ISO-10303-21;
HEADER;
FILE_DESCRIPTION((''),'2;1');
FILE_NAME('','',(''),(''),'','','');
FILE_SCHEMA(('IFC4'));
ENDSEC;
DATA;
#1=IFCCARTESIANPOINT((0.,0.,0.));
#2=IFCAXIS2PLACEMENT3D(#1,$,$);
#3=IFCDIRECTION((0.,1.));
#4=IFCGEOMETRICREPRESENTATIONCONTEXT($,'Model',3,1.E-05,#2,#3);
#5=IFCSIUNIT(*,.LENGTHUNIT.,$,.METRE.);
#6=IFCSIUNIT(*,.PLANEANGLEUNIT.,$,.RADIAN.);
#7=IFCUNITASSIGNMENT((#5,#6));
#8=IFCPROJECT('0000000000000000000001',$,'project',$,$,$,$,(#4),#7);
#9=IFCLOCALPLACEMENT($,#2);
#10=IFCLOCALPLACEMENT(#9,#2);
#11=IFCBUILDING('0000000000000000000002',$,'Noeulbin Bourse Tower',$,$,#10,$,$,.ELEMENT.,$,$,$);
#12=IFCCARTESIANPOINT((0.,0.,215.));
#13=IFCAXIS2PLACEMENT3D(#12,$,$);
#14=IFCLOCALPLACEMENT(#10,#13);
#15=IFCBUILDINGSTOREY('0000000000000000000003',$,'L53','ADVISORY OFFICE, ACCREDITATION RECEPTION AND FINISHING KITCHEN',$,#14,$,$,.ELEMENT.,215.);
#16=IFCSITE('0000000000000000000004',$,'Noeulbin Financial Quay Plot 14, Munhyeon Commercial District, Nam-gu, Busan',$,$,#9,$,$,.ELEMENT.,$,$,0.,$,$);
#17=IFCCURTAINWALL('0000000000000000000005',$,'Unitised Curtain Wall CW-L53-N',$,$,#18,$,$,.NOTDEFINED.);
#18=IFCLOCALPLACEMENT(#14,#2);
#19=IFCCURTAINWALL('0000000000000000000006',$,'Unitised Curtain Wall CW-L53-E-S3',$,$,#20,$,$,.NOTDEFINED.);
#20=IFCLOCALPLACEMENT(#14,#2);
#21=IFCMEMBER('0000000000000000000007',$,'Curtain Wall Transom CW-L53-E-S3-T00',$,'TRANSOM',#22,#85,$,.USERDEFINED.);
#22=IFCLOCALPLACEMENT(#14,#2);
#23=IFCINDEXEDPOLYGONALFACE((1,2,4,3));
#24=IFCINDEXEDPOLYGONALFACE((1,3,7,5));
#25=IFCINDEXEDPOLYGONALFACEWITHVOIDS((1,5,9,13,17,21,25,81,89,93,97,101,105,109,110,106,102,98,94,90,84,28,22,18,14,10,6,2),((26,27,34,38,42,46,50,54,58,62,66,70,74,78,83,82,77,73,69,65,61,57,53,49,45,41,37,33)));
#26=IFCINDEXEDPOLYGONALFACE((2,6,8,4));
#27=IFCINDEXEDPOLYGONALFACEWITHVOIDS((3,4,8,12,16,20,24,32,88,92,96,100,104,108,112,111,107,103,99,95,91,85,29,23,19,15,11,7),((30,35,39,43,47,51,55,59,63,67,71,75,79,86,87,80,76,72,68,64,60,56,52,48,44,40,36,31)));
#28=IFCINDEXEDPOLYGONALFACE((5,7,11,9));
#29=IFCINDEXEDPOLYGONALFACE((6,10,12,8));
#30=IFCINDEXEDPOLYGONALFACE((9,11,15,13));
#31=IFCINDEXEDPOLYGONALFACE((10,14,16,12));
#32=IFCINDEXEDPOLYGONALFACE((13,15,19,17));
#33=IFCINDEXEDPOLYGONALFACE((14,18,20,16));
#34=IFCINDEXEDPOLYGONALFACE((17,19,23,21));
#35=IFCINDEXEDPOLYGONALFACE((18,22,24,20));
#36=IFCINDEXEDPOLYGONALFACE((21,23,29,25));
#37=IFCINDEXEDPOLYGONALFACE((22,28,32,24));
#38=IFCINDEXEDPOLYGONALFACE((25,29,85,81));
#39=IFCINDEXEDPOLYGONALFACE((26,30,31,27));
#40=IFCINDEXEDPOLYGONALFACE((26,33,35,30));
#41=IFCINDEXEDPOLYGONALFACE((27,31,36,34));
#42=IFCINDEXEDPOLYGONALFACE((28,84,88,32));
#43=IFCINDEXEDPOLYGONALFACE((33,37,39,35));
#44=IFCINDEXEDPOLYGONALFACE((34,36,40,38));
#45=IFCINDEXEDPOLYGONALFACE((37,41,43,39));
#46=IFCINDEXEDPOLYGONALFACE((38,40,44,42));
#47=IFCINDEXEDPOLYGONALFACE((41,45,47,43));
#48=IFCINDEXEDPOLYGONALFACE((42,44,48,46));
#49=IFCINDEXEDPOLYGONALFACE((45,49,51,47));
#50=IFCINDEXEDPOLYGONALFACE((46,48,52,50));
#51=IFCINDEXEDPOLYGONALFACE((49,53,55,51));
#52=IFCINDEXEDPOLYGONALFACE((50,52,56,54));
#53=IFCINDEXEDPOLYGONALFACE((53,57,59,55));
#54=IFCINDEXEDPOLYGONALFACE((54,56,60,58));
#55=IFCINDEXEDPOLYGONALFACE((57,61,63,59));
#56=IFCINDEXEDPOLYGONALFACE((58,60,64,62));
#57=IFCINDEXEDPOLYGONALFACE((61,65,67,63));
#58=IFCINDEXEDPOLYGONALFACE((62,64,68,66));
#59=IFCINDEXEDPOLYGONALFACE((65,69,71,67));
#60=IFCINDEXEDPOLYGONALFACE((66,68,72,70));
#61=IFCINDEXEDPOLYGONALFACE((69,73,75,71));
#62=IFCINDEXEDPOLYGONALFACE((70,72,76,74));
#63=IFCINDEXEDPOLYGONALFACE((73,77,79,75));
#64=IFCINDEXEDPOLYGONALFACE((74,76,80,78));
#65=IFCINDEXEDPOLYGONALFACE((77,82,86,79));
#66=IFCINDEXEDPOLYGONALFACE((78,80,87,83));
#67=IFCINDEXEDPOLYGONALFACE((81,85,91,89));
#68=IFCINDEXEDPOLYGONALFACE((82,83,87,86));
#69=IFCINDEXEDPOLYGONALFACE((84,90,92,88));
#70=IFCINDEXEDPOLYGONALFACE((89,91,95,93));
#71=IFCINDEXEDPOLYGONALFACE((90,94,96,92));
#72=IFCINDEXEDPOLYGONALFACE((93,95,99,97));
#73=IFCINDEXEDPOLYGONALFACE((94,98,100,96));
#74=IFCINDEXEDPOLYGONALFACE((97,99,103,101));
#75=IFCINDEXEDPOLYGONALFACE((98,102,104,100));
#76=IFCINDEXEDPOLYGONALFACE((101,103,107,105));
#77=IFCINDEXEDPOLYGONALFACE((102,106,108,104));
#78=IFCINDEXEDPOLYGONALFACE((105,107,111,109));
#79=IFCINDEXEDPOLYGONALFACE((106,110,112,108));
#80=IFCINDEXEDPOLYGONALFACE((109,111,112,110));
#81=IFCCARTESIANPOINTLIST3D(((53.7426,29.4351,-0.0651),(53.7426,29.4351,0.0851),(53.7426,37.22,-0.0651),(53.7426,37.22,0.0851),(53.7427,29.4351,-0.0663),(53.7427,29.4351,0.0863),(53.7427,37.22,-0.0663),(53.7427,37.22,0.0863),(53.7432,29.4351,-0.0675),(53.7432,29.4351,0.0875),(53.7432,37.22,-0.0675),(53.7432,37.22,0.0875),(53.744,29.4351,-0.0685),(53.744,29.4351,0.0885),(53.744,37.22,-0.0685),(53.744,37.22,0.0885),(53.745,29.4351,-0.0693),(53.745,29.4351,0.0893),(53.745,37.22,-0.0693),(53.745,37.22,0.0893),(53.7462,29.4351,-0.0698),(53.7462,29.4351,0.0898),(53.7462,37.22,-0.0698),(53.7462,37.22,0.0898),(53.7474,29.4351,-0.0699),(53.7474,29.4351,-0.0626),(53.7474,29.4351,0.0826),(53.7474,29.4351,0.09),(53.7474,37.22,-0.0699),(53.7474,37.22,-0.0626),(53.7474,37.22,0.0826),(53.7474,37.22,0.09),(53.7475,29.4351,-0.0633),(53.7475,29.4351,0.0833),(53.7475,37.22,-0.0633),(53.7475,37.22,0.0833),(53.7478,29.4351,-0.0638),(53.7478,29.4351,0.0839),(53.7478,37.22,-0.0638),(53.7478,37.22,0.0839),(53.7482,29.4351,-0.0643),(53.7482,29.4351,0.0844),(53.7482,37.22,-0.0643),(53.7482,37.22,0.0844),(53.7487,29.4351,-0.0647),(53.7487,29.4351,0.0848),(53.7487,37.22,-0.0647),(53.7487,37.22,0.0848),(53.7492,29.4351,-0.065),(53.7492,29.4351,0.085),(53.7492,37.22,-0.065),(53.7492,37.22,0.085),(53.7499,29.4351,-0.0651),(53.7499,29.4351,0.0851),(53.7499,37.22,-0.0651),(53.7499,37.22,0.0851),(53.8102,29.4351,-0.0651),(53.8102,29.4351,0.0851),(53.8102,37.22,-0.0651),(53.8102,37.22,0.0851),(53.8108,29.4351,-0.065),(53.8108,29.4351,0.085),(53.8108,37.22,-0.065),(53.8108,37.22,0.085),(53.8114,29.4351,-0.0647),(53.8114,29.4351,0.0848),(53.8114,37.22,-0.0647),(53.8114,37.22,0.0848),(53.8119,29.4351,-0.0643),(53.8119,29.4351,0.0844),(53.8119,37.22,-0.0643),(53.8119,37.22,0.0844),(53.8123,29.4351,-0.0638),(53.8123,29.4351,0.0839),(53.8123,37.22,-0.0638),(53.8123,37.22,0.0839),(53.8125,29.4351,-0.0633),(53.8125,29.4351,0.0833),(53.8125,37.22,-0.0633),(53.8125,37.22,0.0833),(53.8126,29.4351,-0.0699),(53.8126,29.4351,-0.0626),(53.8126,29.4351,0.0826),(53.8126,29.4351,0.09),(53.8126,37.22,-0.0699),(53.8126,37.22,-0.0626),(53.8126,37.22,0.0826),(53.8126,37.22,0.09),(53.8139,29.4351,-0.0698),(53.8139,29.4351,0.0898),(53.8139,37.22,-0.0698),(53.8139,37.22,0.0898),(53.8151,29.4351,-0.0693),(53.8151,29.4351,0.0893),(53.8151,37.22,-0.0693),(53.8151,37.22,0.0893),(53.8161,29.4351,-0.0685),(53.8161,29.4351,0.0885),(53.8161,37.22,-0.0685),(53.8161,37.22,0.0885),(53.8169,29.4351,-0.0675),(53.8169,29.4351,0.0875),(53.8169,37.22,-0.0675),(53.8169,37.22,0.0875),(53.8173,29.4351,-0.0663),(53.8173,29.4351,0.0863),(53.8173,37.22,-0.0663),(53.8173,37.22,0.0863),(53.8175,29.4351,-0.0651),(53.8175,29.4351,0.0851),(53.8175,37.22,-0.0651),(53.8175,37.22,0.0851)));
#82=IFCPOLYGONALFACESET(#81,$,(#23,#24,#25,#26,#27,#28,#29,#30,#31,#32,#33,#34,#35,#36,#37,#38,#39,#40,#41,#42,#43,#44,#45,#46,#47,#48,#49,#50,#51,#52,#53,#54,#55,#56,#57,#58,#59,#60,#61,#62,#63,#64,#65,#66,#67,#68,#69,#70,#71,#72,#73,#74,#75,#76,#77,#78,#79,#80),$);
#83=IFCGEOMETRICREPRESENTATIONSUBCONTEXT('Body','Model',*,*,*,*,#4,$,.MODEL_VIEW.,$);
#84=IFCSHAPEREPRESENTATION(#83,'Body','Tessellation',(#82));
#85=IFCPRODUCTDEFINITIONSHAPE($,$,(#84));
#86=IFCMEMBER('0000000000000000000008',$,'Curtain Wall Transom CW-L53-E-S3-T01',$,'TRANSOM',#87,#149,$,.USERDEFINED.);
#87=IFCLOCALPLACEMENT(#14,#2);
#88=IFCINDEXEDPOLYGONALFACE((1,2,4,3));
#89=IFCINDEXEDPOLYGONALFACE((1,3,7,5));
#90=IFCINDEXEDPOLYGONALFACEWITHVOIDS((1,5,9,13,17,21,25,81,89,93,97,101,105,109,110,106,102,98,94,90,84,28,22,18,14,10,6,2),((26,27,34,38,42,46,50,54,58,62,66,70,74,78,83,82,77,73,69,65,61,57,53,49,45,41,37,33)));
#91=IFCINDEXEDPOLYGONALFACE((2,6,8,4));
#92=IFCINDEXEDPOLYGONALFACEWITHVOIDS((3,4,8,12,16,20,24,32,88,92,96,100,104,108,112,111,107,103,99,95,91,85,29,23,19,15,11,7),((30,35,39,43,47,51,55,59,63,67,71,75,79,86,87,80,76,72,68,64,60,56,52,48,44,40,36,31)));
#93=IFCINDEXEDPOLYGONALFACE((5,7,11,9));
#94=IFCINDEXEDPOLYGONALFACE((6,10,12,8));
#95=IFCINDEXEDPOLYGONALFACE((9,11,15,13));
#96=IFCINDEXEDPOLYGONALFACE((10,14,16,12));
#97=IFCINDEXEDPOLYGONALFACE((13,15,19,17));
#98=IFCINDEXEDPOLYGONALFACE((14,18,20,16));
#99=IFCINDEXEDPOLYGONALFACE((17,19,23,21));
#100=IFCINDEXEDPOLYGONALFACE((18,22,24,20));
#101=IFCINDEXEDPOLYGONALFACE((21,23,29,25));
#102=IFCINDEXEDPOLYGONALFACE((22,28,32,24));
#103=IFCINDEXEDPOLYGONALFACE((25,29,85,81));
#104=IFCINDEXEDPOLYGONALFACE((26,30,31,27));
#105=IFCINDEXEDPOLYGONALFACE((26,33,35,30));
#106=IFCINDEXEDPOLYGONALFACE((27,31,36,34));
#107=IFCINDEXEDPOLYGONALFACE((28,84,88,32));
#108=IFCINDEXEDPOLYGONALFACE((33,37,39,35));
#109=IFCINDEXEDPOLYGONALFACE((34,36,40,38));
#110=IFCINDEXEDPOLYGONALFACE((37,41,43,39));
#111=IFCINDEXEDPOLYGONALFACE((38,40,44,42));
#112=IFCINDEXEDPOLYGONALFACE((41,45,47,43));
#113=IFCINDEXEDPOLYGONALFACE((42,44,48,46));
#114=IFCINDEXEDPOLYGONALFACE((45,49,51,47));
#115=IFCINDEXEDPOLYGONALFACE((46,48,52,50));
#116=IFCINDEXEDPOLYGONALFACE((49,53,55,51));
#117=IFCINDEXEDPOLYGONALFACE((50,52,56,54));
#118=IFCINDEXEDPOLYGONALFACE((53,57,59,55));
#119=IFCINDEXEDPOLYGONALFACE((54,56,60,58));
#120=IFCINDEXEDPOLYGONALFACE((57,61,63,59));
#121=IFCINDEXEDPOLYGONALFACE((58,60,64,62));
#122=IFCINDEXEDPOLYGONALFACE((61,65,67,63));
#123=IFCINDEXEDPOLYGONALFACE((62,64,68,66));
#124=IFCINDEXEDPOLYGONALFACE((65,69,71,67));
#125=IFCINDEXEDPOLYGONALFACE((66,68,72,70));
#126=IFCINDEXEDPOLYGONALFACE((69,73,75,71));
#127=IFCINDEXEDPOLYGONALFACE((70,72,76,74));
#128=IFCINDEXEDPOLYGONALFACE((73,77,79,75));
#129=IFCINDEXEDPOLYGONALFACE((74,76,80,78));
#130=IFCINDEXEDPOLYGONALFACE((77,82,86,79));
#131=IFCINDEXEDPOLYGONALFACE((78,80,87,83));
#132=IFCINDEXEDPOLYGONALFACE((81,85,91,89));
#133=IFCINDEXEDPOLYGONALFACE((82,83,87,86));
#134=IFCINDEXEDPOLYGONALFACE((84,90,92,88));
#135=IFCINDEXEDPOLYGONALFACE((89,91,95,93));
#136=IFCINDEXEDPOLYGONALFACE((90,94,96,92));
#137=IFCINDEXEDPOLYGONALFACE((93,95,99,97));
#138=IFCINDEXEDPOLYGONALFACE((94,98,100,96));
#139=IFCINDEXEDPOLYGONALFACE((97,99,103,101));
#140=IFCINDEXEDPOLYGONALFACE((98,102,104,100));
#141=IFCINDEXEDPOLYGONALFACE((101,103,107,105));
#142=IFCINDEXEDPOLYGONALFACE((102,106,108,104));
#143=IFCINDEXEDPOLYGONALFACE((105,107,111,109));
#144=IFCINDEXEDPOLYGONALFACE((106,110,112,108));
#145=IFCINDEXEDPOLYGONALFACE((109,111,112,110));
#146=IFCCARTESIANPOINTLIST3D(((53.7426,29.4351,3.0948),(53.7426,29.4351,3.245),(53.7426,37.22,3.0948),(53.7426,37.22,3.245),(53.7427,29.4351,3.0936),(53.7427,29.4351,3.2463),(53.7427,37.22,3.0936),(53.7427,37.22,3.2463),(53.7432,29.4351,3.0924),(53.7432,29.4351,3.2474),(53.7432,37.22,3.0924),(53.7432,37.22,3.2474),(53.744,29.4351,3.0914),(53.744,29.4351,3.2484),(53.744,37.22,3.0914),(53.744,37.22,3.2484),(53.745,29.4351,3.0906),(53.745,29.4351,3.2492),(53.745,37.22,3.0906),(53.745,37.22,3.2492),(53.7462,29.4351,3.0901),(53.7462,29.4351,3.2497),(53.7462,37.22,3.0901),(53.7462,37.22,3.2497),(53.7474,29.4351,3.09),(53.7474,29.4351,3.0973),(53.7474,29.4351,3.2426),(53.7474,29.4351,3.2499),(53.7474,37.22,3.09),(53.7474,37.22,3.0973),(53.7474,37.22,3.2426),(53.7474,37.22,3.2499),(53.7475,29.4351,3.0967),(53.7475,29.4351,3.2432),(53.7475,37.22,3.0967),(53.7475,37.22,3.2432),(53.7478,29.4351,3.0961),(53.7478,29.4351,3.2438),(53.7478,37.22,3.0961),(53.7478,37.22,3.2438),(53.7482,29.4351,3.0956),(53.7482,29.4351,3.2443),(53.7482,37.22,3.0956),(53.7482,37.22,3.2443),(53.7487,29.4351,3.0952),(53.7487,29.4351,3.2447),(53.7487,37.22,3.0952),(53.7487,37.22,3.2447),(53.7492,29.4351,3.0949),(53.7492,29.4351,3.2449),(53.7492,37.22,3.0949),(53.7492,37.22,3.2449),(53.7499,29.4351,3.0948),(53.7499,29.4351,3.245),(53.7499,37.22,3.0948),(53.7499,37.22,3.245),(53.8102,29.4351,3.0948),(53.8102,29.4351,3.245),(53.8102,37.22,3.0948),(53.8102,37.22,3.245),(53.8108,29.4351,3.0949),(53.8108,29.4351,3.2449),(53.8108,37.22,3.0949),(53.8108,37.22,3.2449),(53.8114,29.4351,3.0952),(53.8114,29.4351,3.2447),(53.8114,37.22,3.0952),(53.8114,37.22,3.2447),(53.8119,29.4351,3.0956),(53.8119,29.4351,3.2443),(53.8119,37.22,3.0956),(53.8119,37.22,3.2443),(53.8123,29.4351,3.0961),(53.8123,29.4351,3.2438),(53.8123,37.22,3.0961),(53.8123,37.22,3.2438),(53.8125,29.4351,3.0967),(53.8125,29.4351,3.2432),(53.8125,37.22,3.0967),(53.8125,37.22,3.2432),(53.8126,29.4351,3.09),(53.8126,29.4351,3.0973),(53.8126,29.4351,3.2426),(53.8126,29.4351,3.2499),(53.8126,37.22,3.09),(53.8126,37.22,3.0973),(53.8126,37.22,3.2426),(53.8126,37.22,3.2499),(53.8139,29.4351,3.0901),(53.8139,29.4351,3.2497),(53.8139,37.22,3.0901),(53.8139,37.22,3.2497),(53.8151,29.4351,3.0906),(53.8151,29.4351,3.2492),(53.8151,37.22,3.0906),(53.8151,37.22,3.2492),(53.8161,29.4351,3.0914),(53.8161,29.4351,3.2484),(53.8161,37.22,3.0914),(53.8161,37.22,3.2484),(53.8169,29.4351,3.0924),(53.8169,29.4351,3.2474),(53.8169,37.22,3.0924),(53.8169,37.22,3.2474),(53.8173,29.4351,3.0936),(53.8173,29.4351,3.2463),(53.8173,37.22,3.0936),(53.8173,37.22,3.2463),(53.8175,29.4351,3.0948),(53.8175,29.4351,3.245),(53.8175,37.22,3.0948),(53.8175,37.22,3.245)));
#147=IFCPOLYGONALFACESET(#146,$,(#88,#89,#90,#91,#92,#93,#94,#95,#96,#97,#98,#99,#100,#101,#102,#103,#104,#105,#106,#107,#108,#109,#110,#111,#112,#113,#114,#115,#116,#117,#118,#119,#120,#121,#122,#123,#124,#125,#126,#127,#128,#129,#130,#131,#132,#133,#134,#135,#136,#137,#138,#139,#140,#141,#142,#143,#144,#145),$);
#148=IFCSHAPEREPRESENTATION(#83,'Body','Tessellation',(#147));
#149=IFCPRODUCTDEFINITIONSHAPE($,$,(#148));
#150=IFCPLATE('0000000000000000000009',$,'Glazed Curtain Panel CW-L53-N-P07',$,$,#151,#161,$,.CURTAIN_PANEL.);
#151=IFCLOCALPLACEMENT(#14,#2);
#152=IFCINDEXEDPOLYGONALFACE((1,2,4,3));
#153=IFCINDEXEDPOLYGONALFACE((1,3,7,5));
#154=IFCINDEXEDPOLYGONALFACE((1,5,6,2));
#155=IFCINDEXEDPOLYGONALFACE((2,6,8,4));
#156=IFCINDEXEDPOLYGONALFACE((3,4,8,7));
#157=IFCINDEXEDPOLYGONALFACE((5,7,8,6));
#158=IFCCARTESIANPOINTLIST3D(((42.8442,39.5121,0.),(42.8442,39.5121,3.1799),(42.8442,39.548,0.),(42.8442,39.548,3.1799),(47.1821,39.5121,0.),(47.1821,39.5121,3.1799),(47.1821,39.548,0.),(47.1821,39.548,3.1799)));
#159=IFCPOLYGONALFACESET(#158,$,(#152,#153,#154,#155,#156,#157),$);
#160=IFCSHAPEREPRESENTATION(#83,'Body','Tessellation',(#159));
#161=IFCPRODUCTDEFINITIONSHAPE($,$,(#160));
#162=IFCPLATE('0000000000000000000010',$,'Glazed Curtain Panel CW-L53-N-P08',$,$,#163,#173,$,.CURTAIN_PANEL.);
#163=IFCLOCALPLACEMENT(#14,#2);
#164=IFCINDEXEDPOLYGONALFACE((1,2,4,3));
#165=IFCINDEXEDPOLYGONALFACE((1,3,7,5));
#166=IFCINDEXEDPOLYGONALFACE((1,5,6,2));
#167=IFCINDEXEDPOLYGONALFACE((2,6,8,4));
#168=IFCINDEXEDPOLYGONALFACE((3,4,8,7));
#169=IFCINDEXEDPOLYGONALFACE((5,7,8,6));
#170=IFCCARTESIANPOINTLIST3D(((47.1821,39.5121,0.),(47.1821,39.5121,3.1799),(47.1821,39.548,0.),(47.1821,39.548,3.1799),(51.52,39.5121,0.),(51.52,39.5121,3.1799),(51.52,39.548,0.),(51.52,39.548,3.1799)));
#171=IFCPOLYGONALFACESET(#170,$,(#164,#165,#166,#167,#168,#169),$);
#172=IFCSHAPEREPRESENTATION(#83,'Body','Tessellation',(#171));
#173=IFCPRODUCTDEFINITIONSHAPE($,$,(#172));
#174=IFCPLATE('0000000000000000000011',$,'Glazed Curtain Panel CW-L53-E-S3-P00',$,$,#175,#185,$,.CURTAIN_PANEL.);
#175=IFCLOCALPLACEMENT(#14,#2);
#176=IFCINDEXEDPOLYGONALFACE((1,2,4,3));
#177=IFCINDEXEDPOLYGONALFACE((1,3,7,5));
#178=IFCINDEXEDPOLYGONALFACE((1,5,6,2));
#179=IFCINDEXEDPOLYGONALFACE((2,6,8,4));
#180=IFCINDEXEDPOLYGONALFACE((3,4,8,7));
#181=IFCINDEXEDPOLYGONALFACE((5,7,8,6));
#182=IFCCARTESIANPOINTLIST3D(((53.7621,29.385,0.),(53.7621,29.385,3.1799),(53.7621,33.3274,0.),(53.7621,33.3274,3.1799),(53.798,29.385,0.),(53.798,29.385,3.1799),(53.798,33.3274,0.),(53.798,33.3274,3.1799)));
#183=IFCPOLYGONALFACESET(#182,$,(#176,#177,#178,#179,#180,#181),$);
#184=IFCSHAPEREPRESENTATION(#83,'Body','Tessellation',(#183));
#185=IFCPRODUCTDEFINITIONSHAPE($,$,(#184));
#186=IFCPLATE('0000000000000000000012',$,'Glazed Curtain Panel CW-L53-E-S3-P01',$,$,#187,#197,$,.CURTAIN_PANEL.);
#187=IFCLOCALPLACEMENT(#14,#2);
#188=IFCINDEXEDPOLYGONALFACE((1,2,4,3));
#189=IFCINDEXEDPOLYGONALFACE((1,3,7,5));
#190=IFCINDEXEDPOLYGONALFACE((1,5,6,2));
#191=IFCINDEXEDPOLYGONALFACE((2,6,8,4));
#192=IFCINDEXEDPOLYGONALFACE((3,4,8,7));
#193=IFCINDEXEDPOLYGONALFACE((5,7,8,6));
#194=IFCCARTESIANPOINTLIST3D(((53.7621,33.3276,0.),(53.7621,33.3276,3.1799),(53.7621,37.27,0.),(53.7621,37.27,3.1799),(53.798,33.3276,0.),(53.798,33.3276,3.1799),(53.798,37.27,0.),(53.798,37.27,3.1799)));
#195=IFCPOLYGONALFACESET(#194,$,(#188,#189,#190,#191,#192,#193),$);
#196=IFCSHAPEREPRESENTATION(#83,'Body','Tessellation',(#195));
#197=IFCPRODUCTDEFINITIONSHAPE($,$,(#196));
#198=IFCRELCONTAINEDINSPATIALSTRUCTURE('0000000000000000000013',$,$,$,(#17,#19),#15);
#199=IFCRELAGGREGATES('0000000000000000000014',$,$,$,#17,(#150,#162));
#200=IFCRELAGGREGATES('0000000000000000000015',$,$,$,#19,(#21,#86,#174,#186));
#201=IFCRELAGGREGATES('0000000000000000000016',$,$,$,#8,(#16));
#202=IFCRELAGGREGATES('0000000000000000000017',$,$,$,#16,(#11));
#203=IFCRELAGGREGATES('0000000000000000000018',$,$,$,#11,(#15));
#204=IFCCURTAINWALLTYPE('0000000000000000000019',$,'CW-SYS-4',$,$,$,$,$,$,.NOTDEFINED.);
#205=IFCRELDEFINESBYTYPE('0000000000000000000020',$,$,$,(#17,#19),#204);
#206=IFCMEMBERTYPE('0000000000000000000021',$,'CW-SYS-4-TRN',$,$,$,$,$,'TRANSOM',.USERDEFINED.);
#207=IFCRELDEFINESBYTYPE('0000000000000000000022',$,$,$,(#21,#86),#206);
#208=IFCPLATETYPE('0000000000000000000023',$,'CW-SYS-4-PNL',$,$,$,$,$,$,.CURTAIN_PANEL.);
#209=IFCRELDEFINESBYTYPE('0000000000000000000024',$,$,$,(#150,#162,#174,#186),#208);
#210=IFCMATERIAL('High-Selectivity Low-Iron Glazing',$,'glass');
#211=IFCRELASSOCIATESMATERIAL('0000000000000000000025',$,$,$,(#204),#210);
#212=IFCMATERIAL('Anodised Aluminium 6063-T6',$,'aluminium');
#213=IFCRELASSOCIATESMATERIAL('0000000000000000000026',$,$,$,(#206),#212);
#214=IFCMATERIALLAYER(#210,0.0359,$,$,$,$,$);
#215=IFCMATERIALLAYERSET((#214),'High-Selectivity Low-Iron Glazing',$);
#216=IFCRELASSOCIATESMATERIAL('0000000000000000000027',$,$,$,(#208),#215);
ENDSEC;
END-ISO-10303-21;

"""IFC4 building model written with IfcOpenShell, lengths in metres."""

from ifc_helpers import new_model, si_unit, direction, frame, origin, origin_2d, place, context, subcontext, project, spatial, rectangle, hollow_rectangle, extrude, material, layer, layer_set, material_profile, profile_set, type_object, element, aggregate, save


model = new_model("IFC4")

# Units and contexts
model_context = context("Model", 3, precision=1e-05, world=origin(), true_north=direction((0.0, 1.0)))
body_context = subcontext(model_context, "Body", "Model", "MODEL_VIEW")
ifc_project = project(units=[si_unit("LENGTHUNIT", "METRE"), si_unit("PLANEANGLEUNIT", "RADIAN")], contexts=[model_context])

# Site, building, storey
site_placement = place(None, origin())
site = spatial("IfcSite", under=ifc_project, at=site_placement, Name="Noeulbin Financial Quay Plot 14, Munhyeon Commercial District, Nam-gu, Busan", CompositionType="ELEMENT", RefElevation=0.0)
building_placement = place(site_placement, origin())
building = spatial("IfcBuilding", under=site, at=building_placement, Name="Noeulbin Bourse Tower", CompositionType="ELEMENT")
storey_placement = place(building_placement, frame((0.0, 0.0, 215.0)))
storey = spatial("IfcBuildingStorey", under=building, at=storey_placement, Name="L53", Description="ADVISORY OFFICE, ACCREDITATION RECEPTION AND FINISHING KITCHEN", CompositionType="ELEMENT", Elevation=215.0)

# Curtain walls, members
ifc_material_1 = material(Name="High-Selectivity Low-Iron Glazing", Category="glass")
curtain_wall_type = type_object("IfcCurtainWallType", Name="CW-SYS-4", PredefinedType="NOTDEFINED", material=ifc_material_1)
curtain_wall_1_placement = place(storey_placement, origin())
curtain_wall_1 = element("IfcCurtainWall", 1, at=curtain_wall_1_placement, inside=storey, type_object=curtain_wall_type, Name="Unitised Curtain Wall CW-L53-N", PredefinedType="NOTDEFINED")
ifc_material_2 = material(Name="Anodised Aluminium 6063-T6", Category="aluminium")
curtain_wall_2_placement = place(storey_placement, origin())
curtain_wall_2 = element("IfcCurtainWall", 2, at=curtain_wall_2_placement, inside=storey, type_object=curtain_wall_type, Name="Unitised Curtain Wall CW-L53-E-S3", PredefinedType="NOTDEFINED")
ifc_material_profile_1 = material_profile(ifc_material_2, hollow_rectangle(XDim=0.075, YDim=0.1599, WallThickness=0.0049, InnerFilletRadius=0.0024, OuterFilletRadius=0.0049, at=origin_2d()), Name="ALU-TRAN-75x160x5", Category="LoadBearing")
ifc_profile_set_1 = profile_set([ifc_material_profile_1], Name="Anodised Aluminium 6063-T6")
member_type_1 = type_object("IfcMemberType", Name="CW-SYS-4-TRN", ElementType="TRANSOM", PredefinedType="USERDEFINED", material=ifc_profile_set_1)
member_1_placement = place(storey_placement, frame((53.78, 29.4351, 0.01), z_axis=(0.0, 1.0, 0.0), x_axis=(-1.0, 0.0, 0.0)))
member_1 = element("IfcMember", 3, at=member_1_placement, type_object=member_type_1, Name="Curtain Wall Transom CW-L53-E-S3-T00", ObjectType="TRANSOM", PredefinedType="USERDEFINED", context=body_context, shape_type="SweptSolid", body=[
    extrude(hollow_rectangle(XDim=0.075, YDim=0.1599, WallThickness=0.0049, InnerFilletRadius=0.0024, OuterFilletRadius=0.0049, at=origin_2d()), origin(), (0.0, 0.0, 1.0), 7.7849),
])
member_2_placement = place(storey_placement, frame((53.78, 29.4351, 3.1699), z_axis=(0.0, 1.0, 0.0), x_axis=(-1.0, 0.0, 0.0)))
member_2 = element("IfcMember", 4, at=member_2_placement, type_object=member_type_1, Name="Curtain Wall Transom CW-L53-E-S3-T01", ObjectType="TRANSOM", PredefinedType="USERDEFINED", context=body_context, shape_type="SweptSolid", body=[
    extrude(hollow_rectangle(XDim=0.075, YDim=0.1599, WallThickness=0.0049, InnerFilletRadius=0.0024, OuterFilletRadius=0.0049, at=origin_2d()), origin(), (0.0, 0.0, 1.0), 7.7849),
])

# Plates
ifc_layer_1 = layer(ifc_material_1, 0.0359)
ifc_layer_set_1 = layer_set([ifc_layer_1], Name="High-Selectivity Low-Iron Glazing")
plate_type_1 = type_object("IfcPlateType", Name="CW-SYS-4-PNL", PredefinedType="CURTAIN_PANEL", material=ifc_layer_set_1)
plate_1_placement = place(storey_placement, frame((45.0132, 39.53, 0.0), z_axis=(0.0, 0.0, 1.0), x_axis=(1.0, 0.0, 0.0)))
plate_1 = element("IfcPlate", 5, at=plate_1_placement, type_object=plate_type_1, Name="Glazed Curtain Panel CW-L53-N-P07", PredefinedType="CURTAIN_PANEL", context=body_context, shape_type="SweptSolid", body=[
    extrude(rectangle(XDim=4.3379, YDim=0.0359, at=origin_2d()), origin(), (0.0, 0.0, 1.0), 3.1799),
])
plate_2_placement = place(storey_placement, frame((49.3511, 39.53, 0.0), z_axis=(0.0, 0.0, 1.0), x_axis=(1.0, 0.0, 0.0)))
plate_2 = element("IfcPlate", 6, at=plate_2_placement, type_object=plate_type_1, Name="Glazed Curtain Panel CW-L53-N-P08", PredefinedType="CURTAIN_PANEL", context=body_context, shape_type="SweptSolid", body=[
    extrude(rectangle(XDim=4.3379, YDim=0.0359, at=origin_2d()), origin(), (0.0, 0.0, 1.0), 3.1799),
])
aggregate(curtain_wall_1, [plate_1, plate_2])
plate_3_placement = place(storey_placement, frame((53.78, 31.3562, 0.0), z_axis=(0.0, 0.0, 1.0), x_axis=(0.0, 1.0, 0.0)))
plate_3 = element("IfcPlate", 7, at=plate_3_placement, type_object=plate_type_1, Name="Glazed Curtain Panel CW-L53-E-S3-P00", PredefinedType="CURTAIN_PANEL", context=body_context, shape_type="SweptSolid", body=[
    extrude(rectangle(XDim=3.9424, YDim=0.0359, at=origin_2d()), origin(), (0.0, 0.0, 1.0), 3.1799),
])
plate_4_placement = place(storey_placement, frame((53.78, 35.2988, 0.0), z_axis=(0.0, 0.0, 1.0), x_axis=(0.0, 1.0, 0.0)))
plate_4 = element("IfcPlate", 8, at=plate_4_placement, type_object=plate_type_1, Name="Glazed Curtain Panel CW-L53-E-S3-P01", PredefinedType="CURTAIN_PANEL", context=body_context, shape_type="SweptSolid", body=[
    extrude(rectangle(XDim=3.9424, YDim=0.0359, at=origin_2d()), origin(), (0.0, 0.0, 1.0), 3.1799),
])
aggregate(curtain_wall_2, [member_1, member_2, plate_3, plate_4])

save(model, "model.ifc")
